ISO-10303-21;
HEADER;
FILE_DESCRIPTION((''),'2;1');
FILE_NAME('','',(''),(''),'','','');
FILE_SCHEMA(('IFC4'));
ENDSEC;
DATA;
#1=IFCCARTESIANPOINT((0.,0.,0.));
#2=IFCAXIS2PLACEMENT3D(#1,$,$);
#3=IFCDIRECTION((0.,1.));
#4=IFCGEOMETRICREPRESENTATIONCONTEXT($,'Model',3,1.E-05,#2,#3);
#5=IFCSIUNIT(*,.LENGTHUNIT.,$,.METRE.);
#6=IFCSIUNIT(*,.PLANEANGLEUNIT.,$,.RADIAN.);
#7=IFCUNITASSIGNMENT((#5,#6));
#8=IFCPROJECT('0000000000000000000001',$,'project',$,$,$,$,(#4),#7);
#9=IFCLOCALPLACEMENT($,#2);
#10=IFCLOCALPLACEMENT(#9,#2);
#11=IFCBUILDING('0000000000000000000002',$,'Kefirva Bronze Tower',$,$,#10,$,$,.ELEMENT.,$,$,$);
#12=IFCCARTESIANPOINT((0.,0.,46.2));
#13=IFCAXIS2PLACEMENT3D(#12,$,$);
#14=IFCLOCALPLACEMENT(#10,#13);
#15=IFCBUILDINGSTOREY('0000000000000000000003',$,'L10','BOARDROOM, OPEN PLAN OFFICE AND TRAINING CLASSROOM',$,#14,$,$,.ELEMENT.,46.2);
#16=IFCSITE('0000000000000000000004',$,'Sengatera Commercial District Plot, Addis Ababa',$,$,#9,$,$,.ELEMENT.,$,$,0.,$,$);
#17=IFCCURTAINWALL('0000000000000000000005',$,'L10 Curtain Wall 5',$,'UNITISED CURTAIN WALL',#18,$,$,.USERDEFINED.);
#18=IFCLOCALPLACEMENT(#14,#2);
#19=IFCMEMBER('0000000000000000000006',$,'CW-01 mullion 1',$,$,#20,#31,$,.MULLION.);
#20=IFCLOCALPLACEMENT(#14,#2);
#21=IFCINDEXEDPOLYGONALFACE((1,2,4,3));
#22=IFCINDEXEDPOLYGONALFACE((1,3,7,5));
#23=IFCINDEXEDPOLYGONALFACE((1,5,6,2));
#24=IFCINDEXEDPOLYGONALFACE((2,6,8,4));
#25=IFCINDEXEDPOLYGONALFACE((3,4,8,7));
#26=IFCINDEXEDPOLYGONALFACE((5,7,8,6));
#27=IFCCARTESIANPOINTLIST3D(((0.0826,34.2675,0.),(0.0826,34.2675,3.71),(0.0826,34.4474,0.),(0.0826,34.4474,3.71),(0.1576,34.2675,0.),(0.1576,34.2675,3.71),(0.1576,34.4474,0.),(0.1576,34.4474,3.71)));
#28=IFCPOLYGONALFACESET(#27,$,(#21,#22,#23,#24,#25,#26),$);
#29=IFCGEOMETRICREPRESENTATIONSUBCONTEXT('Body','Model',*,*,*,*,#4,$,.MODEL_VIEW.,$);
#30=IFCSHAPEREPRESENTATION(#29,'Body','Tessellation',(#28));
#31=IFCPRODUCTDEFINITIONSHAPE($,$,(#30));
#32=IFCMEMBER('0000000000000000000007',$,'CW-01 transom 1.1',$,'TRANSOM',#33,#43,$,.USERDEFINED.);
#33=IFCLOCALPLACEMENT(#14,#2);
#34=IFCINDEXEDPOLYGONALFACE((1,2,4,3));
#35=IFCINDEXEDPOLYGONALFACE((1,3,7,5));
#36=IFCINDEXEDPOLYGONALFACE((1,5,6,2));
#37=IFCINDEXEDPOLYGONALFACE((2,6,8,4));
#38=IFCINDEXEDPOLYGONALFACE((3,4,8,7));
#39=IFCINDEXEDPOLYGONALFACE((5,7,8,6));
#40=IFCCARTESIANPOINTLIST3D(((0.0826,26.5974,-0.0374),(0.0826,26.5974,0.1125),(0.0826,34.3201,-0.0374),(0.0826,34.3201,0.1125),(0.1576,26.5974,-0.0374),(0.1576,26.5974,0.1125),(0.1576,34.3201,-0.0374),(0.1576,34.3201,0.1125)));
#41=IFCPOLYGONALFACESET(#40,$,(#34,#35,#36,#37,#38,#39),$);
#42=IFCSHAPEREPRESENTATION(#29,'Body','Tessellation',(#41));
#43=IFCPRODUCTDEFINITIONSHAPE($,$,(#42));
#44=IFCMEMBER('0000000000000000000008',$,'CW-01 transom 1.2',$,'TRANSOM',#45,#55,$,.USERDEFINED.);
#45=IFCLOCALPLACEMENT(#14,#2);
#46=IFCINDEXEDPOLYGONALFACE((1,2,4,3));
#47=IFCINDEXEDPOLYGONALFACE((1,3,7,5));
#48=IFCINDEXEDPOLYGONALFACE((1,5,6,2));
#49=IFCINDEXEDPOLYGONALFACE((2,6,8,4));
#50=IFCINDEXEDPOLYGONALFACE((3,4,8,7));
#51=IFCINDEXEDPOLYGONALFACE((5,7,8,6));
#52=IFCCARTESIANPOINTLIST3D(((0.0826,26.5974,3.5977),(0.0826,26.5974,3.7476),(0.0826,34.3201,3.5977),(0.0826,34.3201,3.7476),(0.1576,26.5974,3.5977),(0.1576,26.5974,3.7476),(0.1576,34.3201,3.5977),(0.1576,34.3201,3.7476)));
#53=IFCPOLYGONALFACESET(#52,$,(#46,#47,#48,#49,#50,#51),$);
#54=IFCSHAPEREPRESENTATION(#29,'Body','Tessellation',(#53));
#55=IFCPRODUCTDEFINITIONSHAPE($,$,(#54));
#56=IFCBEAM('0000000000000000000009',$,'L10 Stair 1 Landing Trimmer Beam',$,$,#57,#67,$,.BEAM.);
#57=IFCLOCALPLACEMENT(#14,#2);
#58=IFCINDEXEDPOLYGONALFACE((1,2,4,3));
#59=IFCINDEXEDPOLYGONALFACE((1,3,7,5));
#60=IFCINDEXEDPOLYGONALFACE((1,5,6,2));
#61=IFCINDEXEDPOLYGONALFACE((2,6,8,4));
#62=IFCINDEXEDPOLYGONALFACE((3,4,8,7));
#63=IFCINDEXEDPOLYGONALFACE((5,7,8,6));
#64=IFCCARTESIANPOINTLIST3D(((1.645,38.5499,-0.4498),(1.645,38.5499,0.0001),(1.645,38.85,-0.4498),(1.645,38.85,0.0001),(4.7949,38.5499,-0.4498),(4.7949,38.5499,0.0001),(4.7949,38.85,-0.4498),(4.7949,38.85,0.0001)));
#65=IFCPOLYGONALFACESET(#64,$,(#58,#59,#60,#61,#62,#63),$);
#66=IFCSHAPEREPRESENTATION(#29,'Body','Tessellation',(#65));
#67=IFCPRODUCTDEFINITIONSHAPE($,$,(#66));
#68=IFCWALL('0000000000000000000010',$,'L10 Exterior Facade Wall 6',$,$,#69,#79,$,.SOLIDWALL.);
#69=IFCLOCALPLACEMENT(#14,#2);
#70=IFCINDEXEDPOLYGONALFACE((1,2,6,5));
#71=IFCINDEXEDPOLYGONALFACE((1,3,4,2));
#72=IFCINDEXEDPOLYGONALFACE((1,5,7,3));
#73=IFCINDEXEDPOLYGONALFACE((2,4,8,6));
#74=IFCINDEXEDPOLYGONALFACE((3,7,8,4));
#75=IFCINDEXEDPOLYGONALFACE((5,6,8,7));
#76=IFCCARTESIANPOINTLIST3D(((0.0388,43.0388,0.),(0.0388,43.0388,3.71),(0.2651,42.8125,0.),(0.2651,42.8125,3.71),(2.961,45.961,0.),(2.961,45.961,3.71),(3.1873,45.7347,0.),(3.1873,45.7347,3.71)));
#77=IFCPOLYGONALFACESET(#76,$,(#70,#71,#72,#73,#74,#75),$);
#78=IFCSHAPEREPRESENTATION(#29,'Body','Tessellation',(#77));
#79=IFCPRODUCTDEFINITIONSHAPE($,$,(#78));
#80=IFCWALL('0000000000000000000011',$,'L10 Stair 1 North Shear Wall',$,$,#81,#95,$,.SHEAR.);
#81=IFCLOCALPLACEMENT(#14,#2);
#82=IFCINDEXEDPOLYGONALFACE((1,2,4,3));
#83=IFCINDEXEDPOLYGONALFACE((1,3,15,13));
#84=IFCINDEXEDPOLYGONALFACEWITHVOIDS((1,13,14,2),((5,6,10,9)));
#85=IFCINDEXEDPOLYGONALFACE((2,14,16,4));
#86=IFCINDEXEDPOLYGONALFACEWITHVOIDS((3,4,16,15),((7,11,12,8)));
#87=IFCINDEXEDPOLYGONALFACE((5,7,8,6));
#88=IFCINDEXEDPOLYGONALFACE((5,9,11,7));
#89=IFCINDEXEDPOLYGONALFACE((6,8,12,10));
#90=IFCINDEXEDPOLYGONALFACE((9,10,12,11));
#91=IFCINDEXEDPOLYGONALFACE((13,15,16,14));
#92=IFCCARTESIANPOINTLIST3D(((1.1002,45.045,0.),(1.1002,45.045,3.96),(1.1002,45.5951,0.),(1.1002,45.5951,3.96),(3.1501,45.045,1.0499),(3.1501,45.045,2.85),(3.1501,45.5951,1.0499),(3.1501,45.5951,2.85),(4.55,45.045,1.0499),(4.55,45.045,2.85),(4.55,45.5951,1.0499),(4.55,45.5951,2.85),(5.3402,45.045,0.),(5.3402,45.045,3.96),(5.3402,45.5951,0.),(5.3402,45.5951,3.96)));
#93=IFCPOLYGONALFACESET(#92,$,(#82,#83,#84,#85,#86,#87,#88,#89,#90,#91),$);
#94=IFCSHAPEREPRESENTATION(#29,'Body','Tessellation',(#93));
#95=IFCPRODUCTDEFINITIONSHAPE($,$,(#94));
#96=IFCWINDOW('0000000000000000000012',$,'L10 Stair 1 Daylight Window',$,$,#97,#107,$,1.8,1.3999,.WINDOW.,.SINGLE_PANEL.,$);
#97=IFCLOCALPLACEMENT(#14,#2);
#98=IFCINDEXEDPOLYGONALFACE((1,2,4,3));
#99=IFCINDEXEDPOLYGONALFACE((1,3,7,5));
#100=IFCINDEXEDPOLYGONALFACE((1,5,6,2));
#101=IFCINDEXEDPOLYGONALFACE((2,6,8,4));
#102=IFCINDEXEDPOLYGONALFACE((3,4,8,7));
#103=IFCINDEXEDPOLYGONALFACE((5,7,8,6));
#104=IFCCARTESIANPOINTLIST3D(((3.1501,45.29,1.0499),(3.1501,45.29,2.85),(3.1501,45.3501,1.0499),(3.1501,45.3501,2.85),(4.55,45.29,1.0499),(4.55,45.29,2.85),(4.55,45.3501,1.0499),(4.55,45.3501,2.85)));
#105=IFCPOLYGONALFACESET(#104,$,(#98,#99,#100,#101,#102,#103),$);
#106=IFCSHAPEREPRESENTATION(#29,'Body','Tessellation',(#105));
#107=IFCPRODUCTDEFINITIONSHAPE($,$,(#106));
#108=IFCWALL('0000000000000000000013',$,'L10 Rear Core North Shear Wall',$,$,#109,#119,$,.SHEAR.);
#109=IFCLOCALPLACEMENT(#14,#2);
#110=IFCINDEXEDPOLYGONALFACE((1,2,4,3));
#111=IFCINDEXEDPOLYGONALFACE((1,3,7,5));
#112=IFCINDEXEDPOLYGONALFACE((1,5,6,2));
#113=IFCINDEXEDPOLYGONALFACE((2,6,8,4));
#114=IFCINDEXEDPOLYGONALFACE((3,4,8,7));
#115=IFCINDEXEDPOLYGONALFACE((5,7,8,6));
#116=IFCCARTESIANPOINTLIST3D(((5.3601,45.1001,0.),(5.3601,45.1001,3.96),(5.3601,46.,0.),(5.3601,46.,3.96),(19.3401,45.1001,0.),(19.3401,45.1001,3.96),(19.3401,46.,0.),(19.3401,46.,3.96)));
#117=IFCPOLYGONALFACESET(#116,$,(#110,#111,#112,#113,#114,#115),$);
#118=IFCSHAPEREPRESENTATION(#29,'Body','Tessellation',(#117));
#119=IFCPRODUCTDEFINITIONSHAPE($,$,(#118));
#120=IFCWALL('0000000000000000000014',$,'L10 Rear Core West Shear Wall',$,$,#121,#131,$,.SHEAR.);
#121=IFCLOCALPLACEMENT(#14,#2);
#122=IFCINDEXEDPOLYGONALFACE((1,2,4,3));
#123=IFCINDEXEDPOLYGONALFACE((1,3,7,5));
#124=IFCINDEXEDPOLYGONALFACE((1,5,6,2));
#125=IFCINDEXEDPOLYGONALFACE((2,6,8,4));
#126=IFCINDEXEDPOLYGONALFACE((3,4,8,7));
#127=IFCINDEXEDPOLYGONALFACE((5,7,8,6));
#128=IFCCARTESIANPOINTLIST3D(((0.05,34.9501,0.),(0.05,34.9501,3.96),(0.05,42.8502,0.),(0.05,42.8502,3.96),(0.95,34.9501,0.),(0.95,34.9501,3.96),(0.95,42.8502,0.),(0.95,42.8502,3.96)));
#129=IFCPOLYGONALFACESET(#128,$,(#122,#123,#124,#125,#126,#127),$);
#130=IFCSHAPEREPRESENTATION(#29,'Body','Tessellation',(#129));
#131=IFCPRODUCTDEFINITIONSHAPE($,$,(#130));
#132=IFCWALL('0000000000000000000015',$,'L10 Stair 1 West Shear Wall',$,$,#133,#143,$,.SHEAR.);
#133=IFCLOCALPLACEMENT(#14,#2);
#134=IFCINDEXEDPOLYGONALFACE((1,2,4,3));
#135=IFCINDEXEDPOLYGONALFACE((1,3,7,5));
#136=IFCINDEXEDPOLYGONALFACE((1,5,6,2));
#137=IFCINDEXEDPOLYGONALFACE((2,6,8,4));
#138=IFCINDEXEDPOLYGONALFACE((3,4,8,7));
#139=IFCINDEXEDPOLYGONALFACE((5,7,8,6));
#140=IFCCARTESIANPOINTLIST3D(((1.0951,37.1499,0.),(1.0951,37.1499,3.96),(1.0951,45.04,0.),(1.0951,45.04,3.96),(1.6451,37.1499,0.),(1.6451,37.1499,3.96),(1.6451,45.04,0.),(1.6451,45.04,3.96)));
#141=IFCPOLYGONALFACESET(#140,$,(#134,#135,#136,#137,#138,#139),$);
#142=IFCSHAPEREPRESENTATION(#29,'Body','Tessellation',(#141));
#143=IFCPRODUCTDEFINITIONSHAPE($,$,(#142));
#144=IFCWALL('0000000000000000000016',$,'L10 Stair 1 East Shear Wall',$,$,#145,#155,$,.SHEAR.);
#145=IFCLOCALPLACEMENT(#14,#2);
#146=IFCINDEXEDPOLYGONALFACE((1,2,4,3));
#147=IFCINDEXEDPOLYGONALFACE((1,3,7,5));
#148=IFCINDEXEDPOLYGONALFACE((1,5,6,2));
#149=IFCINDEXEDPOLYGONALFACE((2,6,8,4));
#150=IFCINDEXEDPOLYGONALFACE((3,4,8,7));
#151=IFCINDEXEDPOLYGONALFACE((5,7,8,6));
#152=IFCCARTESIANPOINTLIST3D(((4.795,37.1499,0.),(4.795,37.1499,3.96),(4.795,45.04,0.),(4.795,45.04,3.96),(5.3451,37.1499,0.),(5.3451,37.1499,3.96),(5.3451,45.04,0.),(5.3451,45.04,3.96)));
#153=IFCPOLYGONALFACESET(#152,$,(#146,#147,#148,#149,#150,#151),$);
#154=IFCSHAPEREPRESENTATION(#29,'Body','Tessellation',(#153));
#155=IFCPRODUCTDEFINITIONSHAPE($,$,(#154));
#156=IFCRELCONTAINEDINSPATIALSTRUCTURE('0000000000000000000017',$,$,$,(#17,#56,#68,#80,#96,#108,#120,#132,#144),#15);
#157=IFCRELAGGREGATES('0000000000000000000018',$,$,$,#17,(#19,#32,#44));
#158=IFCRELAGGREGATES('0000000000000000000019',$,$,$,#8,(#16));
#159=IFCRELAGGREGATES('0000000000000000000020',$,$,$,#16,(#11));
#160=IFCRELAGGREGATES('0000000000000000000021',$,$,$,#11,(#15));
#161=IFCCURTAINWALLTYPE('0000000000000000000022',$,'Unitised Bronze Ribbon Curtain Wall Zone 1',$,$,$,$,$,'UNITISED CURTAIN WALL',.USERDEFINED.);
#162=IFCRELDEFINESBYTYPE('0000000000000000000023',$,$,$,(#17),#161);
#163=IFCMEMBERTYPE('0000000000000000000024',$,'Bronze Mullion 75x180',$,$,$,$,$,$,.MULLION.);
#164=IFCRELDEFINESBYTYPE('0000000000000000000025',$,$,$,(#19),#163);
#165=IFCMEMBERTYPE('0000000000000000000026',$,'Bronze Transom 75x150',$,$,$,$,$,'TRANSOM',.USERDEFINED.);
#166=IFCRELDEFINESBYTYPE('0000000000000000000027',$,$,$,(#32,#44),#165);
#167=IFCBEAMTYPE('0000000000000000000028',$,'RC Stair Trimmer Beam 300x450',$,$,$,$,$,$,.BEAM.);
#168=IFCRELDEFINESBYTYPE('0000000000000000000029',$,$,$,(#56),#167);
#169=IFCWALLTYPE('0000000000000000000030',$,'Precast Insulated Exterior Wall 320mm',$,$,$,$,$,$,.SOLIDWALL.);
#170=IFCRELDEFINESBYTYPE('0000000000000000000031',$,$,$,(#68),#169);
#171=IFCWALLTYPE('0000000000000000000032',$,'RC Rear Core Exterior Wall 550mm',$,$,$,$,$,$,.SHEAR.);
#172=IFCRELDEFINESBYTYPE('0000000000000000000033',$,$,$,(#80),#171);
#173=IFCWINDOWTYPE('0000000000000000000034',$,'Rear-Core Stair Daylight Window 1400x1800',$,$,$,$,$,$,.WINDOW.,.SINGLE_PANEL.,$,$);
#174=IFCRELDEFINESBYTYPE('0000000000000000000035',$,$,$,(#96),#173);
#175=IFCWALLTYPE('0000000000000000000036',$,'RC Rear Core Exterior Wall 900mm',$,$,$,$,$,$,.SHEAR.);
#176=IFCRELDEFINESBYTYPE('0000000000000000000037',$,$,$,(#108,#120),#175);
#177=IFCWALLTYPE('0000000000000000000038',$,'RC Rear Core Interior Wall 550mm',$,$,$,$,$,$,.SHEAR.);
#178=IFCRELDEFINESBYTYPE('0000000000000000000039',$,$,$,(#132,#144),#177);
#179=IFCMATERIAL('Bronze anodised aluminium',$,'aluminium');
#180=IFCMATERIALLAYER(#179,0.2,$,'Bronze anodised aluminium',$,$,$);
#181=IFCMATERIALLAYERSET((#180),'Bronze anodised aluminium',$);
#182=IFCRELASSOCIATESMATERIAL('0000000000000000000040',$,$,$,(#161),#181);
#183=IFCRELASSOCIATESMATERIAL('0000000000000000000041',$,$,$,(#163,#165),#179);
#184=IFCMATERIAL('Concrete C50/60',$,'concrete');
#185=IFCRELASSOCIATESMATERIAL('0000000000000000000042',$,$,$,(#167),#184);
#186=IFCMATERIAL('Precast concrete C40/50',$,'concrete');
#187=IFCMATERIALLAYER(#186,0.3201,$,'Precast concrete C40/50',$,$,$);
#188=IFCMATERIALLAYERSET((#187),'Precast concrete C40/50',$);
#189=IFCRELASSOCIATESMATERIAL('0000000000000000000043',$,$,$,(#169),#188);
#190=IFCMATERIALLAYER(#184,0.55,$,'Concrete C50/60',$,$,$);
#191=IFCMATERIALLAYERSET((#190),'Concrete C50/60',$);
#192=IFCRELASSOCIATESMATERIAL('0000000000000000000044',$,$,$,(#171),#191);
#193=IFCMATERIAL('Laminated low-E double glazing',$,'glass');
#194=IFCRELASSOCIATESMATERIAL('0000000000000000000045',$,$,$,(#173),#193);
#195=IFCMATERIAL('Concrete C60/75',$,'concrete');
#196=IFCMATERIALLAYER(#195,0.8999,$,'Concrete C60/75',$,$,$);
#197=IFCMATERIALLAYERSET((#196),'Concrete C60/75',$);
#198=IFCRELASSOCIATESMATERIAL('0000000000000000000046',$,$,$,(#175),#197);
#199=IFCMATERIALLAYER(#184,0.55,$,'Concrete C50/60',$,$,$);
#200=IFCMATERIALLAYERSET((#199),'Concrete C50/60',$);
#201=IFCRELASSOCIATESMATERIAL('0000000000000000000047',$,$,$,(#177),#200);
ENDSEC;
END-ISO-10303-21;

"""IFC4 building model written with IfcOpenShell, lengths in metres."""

from ifc_helpers import new_model, si_unit, direction, frame, frame_2d, origin, origin_2d, place, context, subcontext, project, spatial, rectangle, extrude, material, layer, layer_set, material_profile, profile_set, type_object, element, fill, aggregate, save


model = new_model("IFC4")

# Units and contexts
model_context = context("Model", 3, precision=1e-05, world=origin(), true_north=direction((0.0, 1.0)))
body_context = subcontext(model_context, "Body", "Model", "MODEL_VIEW")
ifc_project = project(units=[si_unit("LENGTHUNIT", "METRE"), si_unit("PLANEANGLEUNIT", "RADIAN")], contexts=[model_context])

# Site, building, storey
site_placement = place(None, origin())
site = spatial("IfcSite", under=ifc_project, at=site_placement, Name="Sengatera Commercial District Plot, Addis Ababa", CompositionType="ELEMENT", RefElevation=0.0)
building_placement = place(site_placement, origin())
building = spatial("IfcBuilding", under=site, at=building_placement, Name="Kefirva Bronze Tower", CompositionType="ELEMENT")
storey_placement = place(building_placement, frame((0.0, 0.0, 46.2)))
storey = spatial("IfcBuildingStorey", under=building, at=storey_placement, Name="L10", Description="BOARDROOM, OPEN PLAN OFFICE AND TRAINING CLASSROOM", CompositionType="ELEMENT", Elevation=46.2)

# Curtain wall, members
ifc_material_1 = material(Name="Bronze anodised aluminium", Category="aluminium")
ifc_layer_1 = layer(ifc_material_1, 0.2, Name="Bronze anodised aluminium")
ifc_layer_set_1 = layer_set([ifc_layer_1], Name="Bronze anodised aluminium")
curtain_wall_type = type_object("IfcCurtainWallType", Name="Unitised Bronze Ribbon Curtain Wall Zone 1", ElementType="UNITISED CURTAIN WALL", PredefinedType="USERDEFINED", material=ifc_layer_set_1)
curtain_wall_placement = place(storey_placement, origin())
curtain_wall = element("IfcCurtainWall", 1, at=curtain_wall_placement, inside=storey, type_object=curtain_wall_type, Name="L10 Curtain Wall 5", ObjectType="UNITISED CURTAIN WALL", PredefinedType="USERDEFINED")
ifc_material_profile_1 = material_profile(ifc_material_1, rectangle(XDim=0.075, YDim=0.1799, at=origin_2d()), Name="ALU 75x180")
ifc_profile_set_1 = profile_set([ifc_material_profile_1], Name="Bronze anodised aluminium")
member_type_1 = type_object("IfcMemberType", Name="Bronze Mullion 75x180", PredefinedType="MULLION", material=ifc_profile_set_1)
member_1_placement = place(storey_placement, frame((0.1201, 34.3574, 0.0), z_axis=(0.0, 0.0, 1.0), x_axis=(1.0, 0.0, 0.0)))
member_1 = element("IfcMember", 2, at=member_1_placement, type_object=member_type_1, Name="CW-01 mullion 1", PredefinedType="MULLION", context=body_context, shape_type="SweptSolid", body=[
    extrude(rectangle(XDim=0.075, YDim=0.1799, at=origin_2d()), origin(), (0.0, 0.0, 1.0), 3.71),
])
ifc_material_profile_2 = material_profile(ifc_material_1, rectangle(XDim=0.075, YDim=0.1499, at=origin_2d()), Name="ALU 75x150")
ifc_profile_set_2 = profile_set([ifc_material_profile_2], Name="Bronze anodised aluminium")
member_type_2 = type_object("IfcMemberType", Name="Bronze Transom 75x150", ElementType="TRANSOM", PredefinedType="USERDEFINED", material=ifc_profile_set_2)
member_2_placement = place(storey_placement, frame((0.1201, 34.3201, 0.0376), z_axis=(0.0, -1.0, 0.0), x_axis=(1.0, 0.0, 0.0)))
member_2 = element("IfcMember", 3, at=member_2_placement, type_object=member_type_2, Name="CW-01 transom 1.1", ObjectType="TRANSOM", PredefinedType="USERDEFINED", context=body_context, shape_type="SweptSolid", body=[
    extrude(rectangle(XDim=0.075, YDim=0.1499, at=origin_2d()), origin(), (0.0, 0.0, 1.0), 7.7227),
])
member_3_placement = place(storey_placement, frame((0.1201, 34.3201, 3.6726), z_axis=(0.0, -1.0, 0.0), x_axis=(1.0, 0.0, 0.0)))
member_3 = element("IfcMember", 4, at=member_3_placement, type_object=member_type_2, Name="CW-01 transom 1.2", ObjectType="TRANSOM", PredefinedType="USERDEFINED", context=body_context, shape_type="SweptSolid", body=[
    extrude(rectangle(XDim=0.075, YDim=0.1499, at=origin_2d()), origin(), (0.0, 0.0, 1.0), 7.7227),
])
aggregate(curtain_wall, [member_1, member_2, member_3])

# Beam
ifc_material_2 = material(Name="Concrete C50/60", Category="concrete")
ifc_material_profile_3 = material_profile(ifc_material_2, rectangle(XDim=0.3, YDim=0.45, at=origin_2d()), Name="RC 300x450")
ifc_profile_set_3 = profile_set([ifc_material_profile_3], Name="Concrete C50/60")
beam_type = type_object("IfcBeamType", Name="RC Stair Trimmer Beam 300x450", PredefinedType="BEAM", material=ifc_profile_set_3)
beam_placement = place(storey_placement, frame((1.645, 38.7, -0.2249), z_axis=(1.0, 0.0, 0.0), x_axis=(0.0, 1.0, 0.0)))
element("IfcBeam", 5, at=beam_placement, inside=storey, type_object=beam_type, Name="L10 Stair 1 Landing Trimmer Beam", PredefinedType="BEAM", context=body_context, shape_type="SweptSolid", body=[
    extrude(rectangle(XDim=0.3, YDim=0.45, at=origin_2d()), origin(), (0.0, 0.0, 1.0), 3.1499),
])

# Wall
ifc_material_3 = material(Name="Precast concrete C40/50", Category="concrete")
ifc_layer_2 = layer(ifc_material_3, 0.3201, Name="Precast concrete C40/50")
ifc_layer_set_2 = layer_set([ifc_layer_2], Name="Precast concrete C40/50")
wall_type_1 = type_object("IfcWallType", Name="Precast Insulated Exterior Wall 320mm", PredefinedType="SOLIDWALL", material=ifc_layer_set_2)
wall_1_placement = place(storey_placement, frame((3.0742, 45.8479, 0.0), z_axis=(0.0, 0.0, 1.0), x_axis=(-0.707107, -0.707107, 0.0)))
element("IfcWall", 6, at=wall_1_placement, inside=storey, type_object=wall_type_1, Name="L10 Exterior Facade Wall 6", PredefinedType="SOLIDWALL", context=body_context, shape_type="SweptSolid", body=[
    extrude(rectangle(XDim=4.1326, YDim=0.3201, at=frame_2d((2.0664, 0.0))), origin(), (0.0, 0.0, 1.0), 3.71),
])

# Wall, opening, window
ifc_layer_3 = layer(ifc_material_2, 0.55, Name="Concrete C50/60")
ifc_layer_set_3 = layer_set([ifc_layer_3], Name="Concrete C50/60")
wall_type_2 = type_object("IfcWallType", Name="RC Rear Core Exterior Wall 550mm", PredefinedType="SHEAR", material=ifc_layer_set_3)
wall_2_placement = place(storey_placement, frame((1.1001, 45.3201, 0.0), z_axis=(0.0, 0.0, 1.0), x_axis=(1.0, 0.0, 0.0)))
wall_2 = element("IfcWall", 7, at=wall_2_placement, inside=storey, type_object=wall_type_2, Name="L10 Stair 1 North Shear Wall", PredefinedType="SHEAR", context=body_context, shape_type="SweptSolid", body=[
    extrude(rectangle(XDim=4.24, YDim=0.55, at=frame_2d((2.1201, 0.0))), origin(), (0.0, 0.0, 1.0), 3.96),
])
opening_1_placement = place(wall_2_placement, frame((2.05, 0.0, 1.05)))
opening_1 = element("IfcOpeningElement", 8, at=opening_1_placement, cuts=wall_2, PredefinedType="OPENING", context=body_context, shape_type="SweptSolid", body=[
    extrude(rectangle(XDim=1.3999, YDim=1.8, at=frame_2d((0.7, 0.8999))), frame((0.0, 0.2852, 0.0), z_axis=(0.0, -1.0, 0.0), x_axis=(1.0, 0.0, 0.0)), (0.0, 0.0, 1.0), 0.5701),
])
ifc_material_4 = material(Name="Laminated low-E double glazing", Category="glass")
window_type = type_object("IfcWindowType", Name="Rear-Core Stair Daylight Window 1400x1800", PartitioningType="SINGLE_PANEL", PredefinedType="WINDOW", material=ifc_material_4)
window_placement = place(opening_1_placement, origin())
window = element("IfcWindow", 9, at=window_placement, inside=storey, type_object=window_type, Name="L10 Stair 1 Daylight Window", OverallHeight=1.8, OverallWidth=1.3999, PartitioningType="SINGLE_PANEL", PredefinedType="WINDOW", context=body_context, shape_type="SweptSolid", body=[
    extrude(rectangle(XDim=1.3999, YDim=1.8, at=frame_2d((0.7, 0.8999))), frame((0.0, 0.03, 0.0), z_axis=(0.0, -1.0, 0.0), x_axis=(1.0, 0.0, 0.0)), (0.0, 0.0, 1.0), 0.0601),
])
fill(opening_1, window)

# Walls
ifc_material_5 = material(Name="Concrete C60/75", Category="concrete")
ifc_layer_4 = layer(ifc_material_5, 0.8999, Name="Concrete C60/75")
ifc_layer_set_4 = layer_set([ifc_layer_4], Name="Concrete C60/75")
wall_type_3 = type_object("IfcWallType", Name="RC Rear Core Exterior Wall 900mm", PredefinedType="SHEAR", material=ifc_layer_set_4)
wall_3_placement = place(storey_placement, frame((5.3601, 45.55, 0.0), z_axis=(0.0, 0.0, 1.0), x_axis=(1.0, 0.0, 0.0)))
element("IfcWall", 10, at=wall_3_placement, inside=storey, type_object=wall_type_3, Name="L10 Rear Core North Shear Wall", PredefinedType="SHEAR", context=body_context, shape_type="SweptSolid", body=[
    extrude(rectangle(XDim=13.98, YDim=0.8999, at=frame_2d((6.99, 0.0))), origin(), (0.0, 0.0, 1.0), 3.96),
])
wall_4_placement = place(storey_placement, frame((0.5, 34.95, 0.0), z_axis=(0.0, 0.0, 1.0), x_axis=(0.0, 1.0, 0.0)))
element("IfcWall", 11, at=wall_4_placement, inside=storey, type_object=wall_type_3, Name="L10 Rear Core West Shear Wall", PredefinedType="SHEAR", context=body_context, shape_type="SweptSolid", body=[
    extrude(rectangle(XDim=7.9001, YDim=0.8999, at=frame_2d((3.9502, 0.0))), origin(), (0.0, 0.0, 1.0), 3.96),
])
ifc_layer_5 = layer(ifc_material_2, 0.55, Name="Concrete C50/60")
ifc_layer_set_5 = layer_set([ifc_layer_5], Name="Concrete C50/60")
wall_type_4 = type_object("IfcWallType", Name="RC Rear Core Interior Wall 550mm", PredefinedType="SHEAR", material=ifc_layer_set_5)
for number, where, z_axis, x_axis, name in (
    (12, (1.3701, 37.1499, 0.0), (0.0, 0.0, 1.0), (0.0, 1.0, 0.0), "L10 Stair 1 West Shear Wall"),
    (13, (5.0701, 37.1499, 0.0), (0.0, 0.0, 1.0), (0.0, 1.0, 0.0), "L10 Stair 1 East Shear Wall"),
):
    element("IfcWall", number, at=place(storey_placement, frame(where, z_axis=z_axis, x_axis=x_axis)), inside=storey, type_object=wall_type_4, Name=name, PredefinedType="SHEAR", context=body_context, shape_type="SweptSolid", body=[
        extrude(rectangle(XDim=7.8901, YDim=0.55, at=frame_2d((3.9451, 0.0))), origin(), (0.0, 0.0, 1.0), 3.96),
    ])

save(model, "model.ifc")
